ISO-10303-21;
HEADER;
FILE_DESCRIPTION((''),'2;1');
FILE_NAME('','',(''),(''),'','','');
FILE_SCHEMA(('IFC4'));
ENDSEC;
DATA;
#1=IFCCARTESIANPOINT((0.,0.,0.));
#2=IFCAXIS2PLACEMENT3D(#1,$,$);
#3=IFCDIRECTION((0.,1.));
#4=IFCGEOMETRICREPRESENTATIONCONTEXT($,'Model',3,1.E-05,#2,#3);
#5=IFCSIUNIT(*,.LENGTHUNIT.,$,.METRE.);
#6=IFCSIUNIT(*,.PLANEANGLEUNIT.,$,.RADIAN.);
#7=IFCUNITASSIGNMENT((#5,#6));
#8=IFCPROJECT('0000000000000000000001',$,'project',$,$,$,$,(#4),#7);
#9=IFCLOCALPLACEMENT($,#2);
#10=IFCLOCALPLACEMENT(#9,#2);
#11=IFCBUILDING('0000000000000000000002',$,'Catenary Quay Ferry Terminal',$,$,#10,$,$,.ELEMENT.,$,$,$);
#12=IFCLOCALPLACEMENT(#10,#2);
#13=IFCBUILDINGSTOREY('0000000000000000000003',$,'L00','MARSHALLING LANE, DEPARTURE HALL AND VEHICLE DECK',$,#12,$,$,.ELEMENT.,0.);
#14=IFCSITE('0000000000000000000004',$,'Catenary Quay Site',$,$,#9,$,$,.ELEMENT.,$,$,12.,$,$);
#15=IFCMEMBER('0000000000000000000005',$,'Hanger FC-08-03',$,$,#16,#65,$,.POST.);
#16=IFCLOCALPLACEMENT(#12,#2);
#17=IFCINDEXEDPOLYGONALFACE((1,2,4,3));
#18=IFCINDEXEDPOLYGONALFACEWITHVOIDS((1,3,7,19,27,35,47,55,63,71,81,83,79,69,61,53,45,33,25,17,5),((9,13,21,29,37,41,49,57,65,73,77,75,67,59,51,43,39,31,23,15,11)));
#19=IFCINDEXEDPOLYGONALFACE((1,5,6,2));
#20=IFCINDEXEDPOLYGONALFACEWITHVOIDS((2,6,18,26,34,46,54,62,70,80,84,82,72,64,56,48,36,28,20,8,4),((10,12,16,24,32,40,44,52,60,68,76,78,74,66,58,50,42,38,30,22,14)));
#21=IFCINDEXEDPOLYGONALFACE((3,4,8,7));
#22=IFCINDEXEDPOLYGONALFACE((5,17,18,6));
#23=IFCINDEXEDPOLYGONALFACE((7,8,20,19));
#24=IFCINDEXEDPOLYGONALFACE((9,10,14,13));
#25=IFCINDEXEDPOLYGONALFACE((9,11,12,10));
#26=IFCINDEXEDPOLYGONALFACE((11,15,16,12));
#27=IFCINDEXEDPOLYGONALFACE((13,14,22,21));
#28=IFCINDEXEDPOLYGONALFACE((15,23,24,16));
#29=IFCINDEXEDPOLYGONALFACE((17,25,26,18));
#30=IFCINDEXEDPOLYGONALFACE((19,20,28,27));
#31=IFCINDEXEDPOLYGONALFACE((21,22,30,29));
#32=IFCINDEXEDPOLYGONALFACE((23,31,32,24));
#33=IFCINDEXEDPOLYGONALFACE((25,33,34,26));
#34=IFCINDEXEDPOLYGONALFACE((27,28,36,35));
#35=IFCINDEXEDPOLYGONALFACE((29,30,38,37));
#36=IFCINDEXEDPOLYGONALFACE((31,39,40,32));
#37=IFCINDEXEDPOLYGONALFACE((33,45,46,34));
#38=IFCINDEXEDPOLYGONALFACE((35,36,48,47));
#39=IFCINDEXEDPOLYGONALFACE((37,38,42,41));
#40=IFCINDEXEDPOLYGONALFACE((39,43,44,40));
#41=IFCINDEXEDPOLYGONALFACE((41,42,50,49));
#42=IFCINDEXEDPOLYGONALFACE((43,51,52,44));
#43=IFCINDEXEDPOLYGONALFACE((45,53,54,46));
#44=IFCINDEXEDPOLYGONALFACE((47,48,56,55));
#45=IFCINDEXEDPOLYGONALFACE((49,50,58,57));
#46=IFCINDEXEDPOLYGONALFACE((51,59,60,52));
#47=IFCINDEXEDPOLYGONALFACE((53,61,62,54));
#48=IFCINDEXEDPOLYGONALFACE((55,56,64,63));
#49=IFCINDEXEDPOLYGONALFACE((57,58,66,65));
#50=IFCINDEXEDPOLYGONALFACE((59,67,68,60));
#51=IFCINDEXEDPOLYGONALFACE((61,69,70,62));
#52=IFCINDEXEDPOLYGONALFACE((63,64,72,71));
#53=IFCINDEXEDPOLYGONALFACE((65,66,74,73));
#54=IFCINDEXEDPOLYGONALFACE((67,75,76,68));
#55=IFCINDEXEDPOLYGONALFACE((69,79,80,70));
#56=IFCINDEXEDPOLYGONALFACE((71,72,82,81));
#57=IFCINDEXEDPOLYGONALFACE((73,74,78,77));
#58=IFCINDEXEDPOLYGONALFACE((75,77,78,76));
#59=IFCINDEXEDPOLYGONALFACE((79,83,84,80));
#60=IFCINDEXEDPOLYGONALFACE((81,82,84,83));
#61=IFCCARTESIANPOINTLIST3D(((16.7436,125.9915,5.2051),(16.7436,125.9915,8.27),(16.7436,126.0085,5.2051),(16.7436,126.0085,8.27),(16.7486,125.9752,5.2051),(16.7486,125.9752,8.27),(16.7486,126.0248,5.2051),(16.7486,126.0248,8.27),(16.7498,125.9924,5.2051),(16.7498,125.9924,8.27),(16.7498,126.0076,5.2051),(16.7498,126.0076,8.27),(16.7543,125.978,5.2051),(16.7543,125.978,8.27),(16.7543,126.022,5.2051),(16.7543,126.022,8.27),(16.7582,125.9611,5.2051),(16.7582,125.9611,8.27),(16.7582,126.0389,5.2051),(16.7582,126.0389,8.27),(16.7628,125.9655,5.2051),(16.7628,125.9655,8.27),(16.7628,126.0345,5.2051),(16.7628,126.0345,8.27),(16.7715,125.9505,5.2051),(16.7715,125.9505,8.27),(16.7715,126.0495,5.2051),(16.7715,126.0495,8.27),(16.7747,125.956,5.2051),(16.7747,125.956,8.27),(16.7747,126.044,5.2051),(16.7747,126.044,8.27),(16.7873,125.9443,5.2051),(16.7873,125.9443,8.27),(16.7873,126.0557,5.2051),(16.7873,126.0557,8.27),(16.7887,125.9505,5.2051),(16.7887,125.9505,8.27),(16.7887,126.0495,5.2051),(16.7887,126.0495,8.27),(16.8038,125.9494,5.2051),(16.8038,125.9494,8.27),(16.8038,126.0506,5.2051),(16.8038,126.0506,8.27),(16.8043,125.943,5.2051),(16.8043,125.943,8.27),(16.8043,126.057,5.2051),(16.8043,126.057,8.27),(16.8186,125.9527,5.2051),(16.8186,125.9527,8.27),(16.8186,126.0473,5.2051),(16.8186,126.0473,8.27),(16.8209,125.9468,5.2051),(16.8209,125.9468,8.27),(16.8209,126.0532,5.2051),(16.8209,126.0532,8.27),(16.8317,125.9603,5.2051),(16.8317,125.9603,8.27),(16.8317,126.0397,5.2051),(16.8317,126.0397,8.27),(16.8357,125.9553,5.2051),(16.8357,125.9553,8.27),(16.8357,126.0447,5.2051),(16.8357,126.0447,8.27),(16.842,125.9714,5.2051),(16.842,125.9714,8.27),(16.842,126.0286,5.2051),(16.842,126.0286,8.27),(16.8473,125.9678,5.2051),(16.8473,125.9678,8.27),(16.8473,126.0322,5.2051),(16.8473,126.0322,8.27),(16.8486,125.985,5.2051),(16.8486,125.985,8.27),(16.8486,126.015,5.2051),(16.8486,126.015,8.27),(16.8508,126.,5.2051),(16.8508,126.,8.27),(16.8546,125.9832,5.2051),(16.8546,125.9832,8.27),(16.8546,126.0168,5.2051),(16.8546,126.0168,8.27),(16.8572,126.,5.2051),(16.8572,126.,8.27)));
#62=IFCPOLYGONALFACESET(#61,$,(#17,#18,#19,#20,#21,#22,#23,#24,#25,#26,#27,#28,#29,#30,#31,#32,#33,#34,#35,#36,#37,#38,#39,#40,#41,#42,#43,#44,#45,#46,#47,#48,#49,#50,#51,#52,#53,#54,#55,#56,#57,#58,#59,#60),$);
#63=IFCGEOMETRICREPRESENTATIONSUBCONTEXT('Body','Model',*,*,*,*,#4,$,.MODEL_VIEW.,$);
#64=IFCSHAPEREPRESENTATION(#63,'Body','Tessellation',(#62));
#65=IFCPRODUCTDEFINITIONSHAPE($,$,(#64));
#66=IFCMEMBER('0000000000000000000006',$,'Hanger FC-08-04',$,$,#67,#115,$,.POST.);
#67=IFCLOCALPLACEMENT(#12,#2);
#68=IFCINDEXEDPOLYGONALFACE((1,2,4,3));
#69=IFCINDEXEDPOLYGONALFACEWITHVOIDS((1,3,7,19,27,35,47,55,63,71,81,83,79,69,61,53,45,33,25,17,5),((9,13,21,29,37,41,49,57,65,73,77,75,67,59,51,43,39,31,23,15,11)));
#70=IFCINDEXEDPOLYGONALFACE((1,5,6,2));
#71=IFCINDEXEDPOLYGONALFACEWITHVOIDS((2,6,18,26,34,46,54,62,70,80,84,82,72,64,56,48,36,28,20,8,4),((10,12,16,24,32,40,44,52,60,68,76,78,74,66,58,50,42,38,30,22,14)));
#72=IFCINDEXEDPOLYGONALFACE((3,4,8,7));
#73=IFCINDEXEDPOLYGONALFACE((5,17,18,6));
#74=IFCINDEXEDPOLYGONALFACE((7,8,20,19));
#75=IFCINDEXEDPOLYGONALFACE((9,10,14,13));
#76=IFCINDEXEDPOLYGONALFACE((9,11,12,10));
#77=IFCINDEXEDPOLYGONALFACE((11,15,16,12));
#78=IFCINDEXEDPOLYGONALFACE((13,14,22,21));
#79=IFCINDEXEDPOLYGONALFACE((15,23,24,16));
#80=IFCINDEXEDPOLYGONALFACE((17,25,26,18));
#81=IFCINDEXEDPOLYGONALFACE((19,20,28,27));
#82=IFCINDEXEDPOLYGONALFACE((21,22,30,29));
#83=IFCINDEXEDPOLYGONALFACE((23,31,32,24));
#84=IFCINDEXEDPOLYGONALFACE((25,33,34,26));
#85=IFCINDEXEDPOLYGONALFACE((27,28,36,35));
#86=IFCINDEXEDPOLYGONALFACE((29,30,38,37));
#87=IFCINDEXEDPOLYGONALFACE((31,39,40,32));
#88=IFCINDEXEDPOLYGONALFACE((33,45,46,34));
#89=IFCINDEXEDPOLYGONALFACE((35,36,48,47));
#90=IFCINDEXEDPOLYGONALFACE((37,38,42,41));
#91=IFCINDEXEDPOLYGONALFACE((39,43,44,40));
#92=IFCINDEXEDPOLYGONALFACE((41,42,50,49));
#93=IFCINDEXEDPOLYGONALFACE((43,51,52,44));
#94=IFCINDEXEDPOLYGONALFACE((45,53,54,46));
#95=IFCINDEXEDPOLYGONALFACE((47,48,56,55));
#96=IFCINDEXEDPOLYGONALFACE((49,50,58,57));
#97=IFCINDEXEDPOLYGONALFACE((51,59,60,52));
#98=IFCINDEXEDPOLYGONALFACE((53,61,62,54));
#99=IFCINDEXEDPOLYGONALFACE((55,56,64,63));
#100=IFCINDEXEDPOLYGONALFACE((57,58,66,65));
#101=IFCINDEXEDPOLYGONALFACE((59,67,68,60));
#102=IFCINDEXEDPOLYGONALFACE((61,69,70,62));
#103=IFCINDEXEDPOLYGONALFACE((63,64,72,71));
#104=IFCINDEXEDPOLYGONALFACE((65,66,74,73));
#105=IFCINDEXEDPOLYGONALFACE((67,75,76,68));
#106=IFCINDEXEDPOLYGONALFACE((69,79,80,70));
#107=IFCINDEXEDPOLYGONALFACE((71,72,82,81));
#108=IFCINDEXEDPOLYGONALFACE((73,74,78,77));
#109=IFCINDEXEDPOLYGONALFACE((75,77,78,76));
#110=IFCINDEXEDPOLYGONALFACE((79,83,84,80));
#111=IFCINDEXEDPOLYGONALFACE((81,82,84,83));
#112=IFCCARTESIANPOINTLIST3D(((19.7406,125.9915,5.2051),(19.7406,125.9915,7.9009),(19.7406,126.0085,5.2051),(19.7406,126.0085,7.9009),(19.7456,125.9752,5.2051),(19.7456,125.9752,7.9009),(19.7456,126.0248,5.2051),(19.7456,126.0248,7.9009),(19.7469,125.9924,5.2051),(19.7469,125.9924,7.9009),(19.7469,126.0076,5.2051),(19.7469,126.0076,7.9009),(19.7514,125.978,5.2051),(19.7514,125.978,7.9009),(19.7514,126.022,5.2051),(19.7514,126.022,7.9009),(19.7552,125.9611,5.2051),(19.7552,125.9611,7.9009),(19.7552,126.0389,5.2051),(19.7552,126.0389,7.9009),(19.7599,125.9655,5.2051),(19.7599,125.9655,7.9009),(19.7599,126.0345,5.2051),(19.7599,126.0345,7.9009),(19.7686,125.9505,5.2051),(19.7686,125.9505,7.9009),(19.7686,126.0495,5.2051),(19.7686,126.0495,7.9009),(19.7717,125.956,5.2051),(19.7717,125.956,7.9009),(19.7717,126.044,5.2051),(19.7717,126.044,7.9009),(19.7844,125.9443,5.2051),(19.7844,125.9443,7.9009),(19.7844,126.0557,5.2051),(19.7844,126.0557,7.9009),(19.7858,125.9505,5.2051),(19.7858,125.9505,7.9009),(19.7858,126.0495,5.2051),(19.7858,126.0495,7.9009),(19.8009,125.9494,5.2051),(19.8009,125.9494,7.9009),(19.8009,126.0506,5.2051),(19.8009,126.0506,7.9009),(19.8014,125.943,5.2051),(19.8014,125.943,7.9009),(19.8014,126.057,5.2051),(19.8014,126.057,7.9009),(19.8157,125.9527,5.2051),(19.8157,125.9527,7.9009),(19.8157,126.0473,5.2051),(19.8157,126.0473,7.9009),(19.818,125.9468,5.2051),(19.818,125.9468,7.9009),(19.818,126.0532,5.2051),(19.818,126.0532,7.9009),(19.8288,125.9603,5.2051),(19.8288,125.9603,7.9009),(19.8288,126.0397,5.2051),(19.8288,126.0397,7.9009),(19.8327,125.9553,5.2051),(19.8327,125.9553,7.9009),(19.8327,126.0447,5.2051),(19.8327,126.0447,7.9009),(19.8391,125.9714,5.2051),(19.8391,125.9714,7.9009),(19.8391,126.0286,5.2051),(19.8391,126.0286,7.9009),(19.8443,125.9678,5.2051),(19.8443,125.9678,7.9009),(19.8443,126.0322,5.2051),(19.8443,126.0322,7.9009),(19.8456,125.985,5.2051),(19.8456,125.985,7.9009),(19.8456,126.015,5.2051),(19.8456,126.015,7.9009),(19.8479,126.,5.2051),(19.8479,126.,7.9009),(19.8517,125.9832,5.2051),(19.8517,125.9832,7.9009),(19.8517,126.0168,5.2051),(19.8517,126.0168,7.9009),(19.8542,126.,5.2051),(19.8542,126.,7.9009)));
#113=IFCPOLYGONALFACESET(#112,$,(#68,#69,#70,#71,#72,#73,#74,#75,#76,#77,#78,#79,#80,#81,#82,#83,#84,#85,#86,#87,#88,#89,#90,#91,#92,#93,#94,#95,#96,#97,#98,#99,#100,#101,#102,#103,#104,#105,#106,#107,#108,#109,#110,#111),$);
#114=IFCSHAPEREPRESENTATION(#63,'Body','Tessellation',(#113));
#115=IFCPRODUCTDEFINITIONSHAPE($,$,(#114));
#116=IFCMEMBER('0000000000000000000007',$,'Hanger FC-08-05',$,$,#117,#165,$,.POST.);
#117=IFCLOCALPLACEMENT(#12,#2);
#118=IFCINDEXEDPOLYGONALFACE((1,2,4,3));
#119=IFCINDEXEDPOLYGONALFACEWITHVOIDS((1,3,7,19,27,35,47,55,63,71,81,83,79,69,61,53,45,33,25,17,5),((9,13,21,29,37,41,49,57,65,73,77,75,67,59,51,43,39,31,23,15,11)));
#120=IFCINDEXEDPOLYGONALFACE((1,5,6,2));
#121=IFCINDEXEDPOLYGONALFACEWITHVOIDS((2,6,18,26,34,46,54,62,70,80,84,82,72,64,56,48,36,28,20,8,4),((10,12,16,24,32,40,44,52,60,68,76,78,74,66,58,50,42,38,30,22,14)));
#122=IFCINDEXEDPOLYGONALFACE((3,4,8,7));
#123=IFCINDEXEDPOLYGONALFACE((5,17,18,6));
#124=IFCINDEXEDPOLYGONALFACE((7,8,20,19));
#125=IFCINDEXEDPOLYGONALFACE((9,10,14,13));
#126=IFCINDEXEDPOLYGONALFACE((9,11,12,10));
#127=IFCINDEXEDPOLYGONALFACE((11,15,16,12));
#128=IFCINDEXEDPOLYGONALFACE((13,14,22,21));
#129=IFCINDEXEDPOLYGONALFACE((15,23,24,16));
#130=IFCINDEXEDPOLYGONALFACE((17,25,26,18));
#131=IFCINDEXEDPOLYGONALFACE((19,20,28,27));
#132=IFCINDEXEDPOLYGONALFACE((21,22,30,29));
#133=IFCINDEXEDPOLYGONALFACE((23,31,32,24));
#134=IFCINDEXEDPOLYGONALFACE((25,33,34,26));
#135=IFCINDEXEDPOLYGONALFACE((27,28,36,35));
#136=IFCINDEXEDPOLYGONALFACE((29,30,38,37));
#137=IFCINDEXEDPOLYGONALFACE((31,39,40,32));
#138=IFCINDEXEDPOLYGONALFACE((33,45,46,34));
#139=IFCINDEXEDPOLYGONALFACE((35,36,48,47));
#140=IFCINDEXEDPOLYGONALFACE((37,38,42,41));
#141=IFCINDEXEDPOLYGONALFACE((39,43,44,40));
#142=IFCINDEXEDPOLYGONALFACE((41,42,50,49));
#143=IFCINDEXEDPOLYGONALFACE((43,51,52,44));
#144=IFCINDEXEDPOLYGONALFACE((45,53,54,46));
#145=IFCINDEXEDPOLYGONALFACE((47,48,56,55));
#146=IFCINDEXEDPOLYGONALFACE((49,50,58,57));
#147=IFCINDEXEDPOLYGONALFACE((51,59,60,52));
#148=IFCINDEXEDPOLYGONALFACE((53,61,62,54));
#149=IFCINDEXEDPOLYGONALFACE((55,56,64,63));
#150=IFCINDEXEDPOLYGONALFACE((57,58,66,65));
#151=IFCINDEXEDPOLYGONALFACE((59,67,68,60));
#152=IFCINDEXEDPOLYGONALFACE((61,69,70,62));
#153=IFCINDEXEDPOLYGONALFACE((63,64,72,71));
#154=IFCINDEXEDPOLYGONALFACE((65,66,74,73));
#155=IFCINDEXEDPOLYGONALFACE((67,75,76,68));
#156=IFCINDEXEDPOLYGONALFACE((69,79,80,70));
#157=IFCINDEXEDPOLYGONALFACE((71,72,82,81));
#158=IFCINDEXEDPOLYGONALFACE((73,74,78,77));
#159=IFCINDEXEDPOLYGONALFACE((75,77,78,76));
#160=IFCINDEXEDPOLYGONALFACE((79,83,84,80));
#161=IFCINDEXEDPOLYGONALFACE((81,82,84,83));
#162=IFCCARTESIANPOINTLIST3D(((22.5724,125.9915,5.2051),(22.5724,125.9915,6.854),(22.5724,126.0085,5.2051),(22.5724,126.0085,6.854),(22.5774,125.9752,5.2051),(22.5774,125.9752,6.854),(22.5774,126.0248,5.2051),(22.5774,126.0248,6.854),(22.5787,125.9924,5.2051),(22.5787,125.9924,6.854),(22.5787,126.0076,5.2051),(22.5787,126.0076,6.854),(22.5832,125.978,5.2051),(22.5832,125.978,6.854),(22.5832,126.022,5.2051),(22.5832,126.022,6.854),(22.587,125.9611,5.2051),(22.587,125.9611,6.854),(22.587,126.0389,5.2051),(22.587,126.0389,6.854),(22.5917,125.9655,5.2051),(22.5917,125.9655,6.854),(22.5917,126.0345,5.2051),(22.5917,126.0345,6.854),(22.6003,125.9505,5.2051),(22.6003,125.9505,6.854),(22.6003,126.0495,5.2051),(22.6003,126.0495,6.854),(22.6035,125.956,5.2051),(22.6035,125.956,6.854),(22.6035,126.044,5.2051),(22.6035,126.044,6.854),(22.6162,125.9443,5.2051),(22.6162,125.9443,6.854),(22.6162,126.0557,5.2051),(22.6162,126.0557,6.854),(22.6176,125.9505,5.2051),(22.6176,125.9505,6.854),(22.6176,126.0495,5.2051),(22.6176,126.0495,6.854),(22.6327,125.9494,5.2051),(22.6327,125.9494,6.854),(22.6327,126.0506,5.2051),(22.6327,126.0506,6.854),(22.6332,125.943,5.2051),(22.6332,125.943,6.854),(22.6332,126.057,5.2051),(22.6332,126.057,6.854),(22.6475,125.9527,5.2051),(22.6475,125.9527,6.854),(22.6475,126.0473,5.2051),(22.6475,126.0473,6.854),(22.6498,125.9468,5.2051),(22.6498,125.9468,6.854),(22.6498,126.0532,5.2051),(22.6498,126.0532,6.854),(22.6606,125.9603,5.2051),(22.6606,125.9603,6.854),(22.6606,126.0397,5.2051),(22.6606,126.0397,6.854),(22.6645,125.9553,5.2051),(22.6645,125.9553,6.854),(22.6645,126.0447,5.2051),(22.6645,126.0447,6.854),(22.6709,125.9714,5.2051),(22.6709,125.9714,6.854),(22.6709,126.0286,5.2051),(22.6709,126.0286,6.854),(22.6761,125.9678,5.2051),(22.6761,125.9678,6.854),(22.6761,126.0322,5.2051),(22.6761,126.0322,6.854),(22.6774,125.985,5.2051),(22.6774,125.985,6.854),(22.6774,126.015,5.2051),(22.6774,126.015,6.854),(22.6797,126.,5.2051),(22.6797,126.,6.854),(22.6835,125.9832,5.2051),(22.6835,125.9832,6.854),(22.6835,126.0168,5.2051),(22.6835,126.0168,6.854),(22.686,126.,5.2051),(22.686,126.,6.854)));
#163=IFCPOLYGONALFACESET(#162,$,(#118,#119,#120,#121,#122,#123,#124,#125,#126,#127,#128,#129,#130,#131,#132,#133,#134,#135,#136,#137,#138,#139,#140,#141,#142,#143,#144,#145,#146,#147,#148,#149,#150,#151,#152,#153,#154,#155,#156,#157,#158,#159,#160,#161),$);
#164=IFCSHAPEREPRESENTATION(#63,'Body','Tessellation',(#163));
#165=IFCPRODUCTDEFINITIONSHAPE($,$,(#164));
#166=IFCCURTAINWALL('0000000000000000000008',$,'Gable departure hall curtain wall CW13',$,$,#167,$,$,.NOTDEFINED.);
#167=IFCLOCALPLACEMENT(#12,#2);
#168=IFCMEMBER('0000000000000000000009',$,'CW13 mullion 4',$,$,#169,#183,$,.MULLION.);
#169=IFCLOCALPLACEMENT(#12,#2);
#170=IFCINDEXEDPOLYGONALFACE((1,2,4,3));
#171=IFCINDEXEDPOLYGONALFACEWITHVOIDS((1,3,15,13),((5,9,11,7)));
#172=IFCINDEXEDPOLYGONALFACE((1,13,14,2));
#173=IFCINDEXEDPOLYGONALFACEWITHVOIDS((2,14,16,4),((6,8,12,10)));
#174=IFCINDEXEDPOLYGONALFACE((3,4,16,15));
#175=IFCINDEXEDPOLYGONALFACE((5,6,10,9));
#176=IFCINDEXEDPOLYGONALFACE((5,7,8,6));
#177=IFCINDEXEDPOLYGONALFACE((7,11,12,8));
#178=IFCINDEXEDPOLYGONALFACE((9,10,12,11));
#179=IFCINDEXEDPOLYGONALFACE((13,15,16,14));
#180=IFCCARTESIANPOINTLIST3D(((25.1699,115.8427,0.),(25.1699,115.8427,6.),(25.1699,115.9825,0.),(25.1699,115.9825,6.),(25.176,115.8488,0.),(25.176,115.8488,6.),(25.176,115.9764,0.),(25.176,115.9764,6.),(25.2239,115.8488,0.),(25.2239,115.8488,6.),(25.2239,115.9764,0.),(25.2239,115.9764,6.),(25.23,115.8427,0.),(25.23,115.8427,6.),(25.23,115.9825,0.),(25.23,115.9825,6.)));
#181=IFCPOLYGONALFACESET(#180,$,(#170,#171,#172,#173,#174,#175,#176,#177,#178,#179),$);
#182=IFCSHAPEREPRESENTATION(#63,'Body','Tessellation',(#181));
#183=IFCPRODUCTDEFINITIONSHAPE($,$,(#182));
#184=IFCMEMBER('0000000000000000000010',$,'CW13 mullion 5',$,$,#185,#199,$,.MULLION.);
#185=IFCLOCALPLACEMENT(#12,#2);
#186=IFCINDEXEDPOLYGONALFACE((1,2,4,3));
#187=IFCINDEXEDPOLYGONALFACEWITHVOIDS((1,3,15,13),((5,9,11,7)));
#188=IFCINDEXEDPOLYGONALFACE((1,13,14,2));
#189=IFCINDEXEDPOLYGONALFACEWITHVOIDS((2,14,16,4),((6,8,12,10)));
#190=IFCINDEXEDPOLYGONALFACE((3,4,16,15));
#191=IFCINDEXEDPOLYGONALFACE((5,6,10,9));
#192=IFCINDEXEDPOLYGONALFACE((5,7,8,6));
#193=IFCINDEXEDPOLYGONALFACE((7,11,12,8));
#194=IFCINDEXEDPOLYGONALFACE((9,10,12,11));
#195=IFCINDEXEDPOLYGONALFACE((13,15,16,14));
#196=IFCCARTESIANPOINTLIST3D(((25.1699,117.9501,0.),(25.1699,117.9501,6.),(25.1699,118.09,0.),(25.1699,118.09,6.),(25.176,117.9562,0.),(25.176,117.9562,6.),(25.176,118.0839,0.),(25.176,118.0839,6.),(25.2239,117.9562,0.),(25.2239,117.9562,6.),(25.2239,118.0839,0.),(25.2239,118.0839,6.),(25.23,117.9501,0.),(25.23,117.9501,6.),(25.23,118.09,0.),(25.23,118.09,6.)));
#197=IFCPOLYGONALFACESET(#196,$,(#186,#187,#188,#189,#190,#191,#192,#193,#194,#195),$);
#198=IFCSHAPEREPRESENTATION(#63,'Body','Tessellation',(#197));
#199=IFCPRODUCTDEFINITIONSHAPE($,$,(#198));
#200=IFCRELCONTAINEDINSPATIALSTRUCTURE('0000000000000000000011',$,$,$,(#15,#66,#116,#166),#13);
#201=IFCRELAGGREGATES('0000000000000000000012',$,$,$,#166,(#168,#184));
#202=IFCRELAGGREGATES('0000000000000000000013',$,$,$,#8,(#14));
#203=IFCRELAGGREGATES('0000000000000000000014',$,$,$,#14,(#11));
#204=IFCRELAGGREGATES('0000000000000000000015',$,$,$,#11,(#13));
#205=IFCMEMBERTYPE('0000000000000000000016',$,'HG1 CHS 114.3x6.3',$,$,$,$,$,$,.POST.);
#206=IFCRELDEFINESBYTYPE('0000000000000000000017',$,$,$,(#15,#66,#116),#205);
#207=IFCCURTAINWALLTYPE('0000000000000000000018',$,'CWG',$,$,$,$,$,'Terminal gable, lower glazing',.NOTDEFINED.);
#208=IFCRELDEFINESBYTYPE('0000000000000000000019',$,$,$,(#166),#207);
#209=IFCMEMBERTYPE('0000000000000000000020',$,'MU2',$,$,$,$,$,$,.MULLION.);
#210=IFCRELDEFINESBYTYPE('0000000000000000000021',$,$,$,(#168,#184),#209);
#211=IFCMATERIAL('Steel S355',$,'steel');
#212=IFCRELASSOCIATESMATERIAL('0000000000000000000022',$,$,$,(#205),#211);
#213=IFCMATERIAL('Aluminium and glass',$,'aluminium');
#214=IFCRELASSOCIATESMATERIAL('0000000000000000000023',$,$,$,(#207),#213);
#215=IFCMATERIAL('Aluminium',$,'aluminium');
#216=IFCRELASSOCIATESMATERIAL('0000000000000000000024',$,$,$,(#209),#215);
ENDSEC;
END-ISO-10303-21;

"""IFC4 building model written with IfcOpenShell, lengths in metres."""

from ifc_helpers import new_model, si_unit, direction, frame, origin, origin_2d, place, context, subcontext, project, spatial, hollow_rectangle, hollow_circle, extrude, material, material_profile, profile_set, type_object, element, aggregate, save


model = new_model("IFC4")

# Units and contexts
model_context = context("Model", 3, precision=1e-05, world=origin(), true_north=direction((0.0, 1.0)))
body_context = subcontext(model_context, "Body", "Model", "MODEL_VIEW")
ifc_project = project(units=[si_unit("LENGTHUNIT", "METRE"), si_unit("PLANEANGLEUNIT", "RADIAN")], contexts=[model_context])

# Site, building, storey
site_placement = place(None, origin())
site = spatial("IfcSite", under=ifc_project, at=site_placement, Name="Catenary Quay Site", CompositionType="ELEMENT", RefElevation=12.0)
building_placement = place(site_placement, origin())
building = spatial("IfcBuilding", under=site, at=building_placement, Name="Catenary Quay Ferry Terminal", CompositionType="ELEMENT")
storey_placement = place(building_placement, origin())
storey = spatial("IfcBuildingStorey", under=building, at=storey_placement, Name="L00", Description="MARSHALLING LANE, DEPARTURE HALL AND VEHICLE DECK", CompositionType="ELEMENT", Elevation=0.0)

# Members
ifc_material_1 = material(Name="Steel S355", Category="steel")
ifc_material_profile_1 = material_profile(ifc_material_1, hollow_circle(Radius=0.0571, WallThickness=0.0063, at=origin_2d()), Name="CHS 114.3x6.3")
ifc_profile_set_1 = profile_set([ifc_material_profile_1], Name="Steel S355")
member_type_1 = type_object("IfcMemberType", Name="HG1 CHS 114.3x6.3", PredefinedType="POST", material=ifc_profile_set_1)
member_1_placement = place(storey_placement, frame((16.8, 126.0, 5.2051), z_axis=(0.0, 0.0, 1.0), x_axis=(1.0, 0.0, 0.0)))
element("IfcMember", 1, at=member_1_placement, inside=storey, type_object=member_type_1, Name="Hanger FC-08-03", PredefinedType="POST", context=body_context, shape_type="SweptSolid", body=[
    extrude(hollow_circle(Radius=0.0571, WallThickness=0.0063, at=origin_2d()), origin(), (0.0, 0.0, 1.0), 3.0649),
])
member_2_placement = place(storey_placement, frame((19.7971, 126.0, 5.2051), z_axis=(0.0, 0.0, 1.0), x_axis=(1.0, 0.0, 0.0)))
element("IfcMember", 2, at=member_2_placement, inside=storey, type_object=member_type_1, Name="Hanger FC-08-04", PredefinedType="POST", context=body_context, shape_type="SweptSolid", body=[
    extrude(hollow_circle(Radius=0.0571, WallThickness=0.0063, at=origin_2d()), origin(), (0.0, 0.0, 1.0), 2.6958),
])
member_3_placement = place(storey_placement, frame((22.6289, 126.0, 5.2051), z_axis=(0.0, 0.0, 1.0), x_axis=(1.0, 0.0, 0.0)))
element("IfcMember", 3, at=member_3_placement, inside=storey, type_object=member_type_1, Name="Hanger FC-08-05", PredefinedType="POST", context=body_context, shape_type="SweptSolid", body=[
    extrude(hollow_circle(Radius=0.0571, WallThickness=0.0063, at=origin_2d()), origin(), (0.0, 0.0, 1.0), 1.6489),
])

# Curtain wall, members
ifc_material_2 = material(Name="Aluminium and glass", Category="aluminium")
curtain_wall_type = type_object("IfcCurtainWallType", Name="CWG", ElementType="Terminal gable, lower glazing", PredefinedType="NOTDEFINED", material=ifc_material_2)
curtain_wall_1_placement = place(storey_placement, origin())
curtain_wall_1 = element("IfcCurtainWall", 4, at=curtain_wall_1_placement, inside=storey, type_object=curtain_wall_type, Name="Gable departure hall curtain wall CW13", PredefinedType="NOTDEFINED")
ifc_material_3 = material(Name="Aluminium", Category="aluminium")
ifc_material_profile_2 = material_profile(ifc_material_3, hollow_rectangle(XDim=0.0601, YDim=0.1399, WallThickness=0.0061, at=origin_2d()), Name="MU2")
ifc_profile_set_2 = profile_set([ifc_material_profile_2], Name="Aluminium")
member_type_2 = type_object("IfcMemberType", Name="MU2", PredefinedType="MULLION", material=ifc_profile_set_2)
member_4_placement = place(storey_placement, frame((25.2, 115.9126, 0.0), z_axis=(0.0, 0.0, 1.0), x_axis=(-1.0, 0.0, 0.0)))
member_4 = element("IfcMember", 5, at=member_4_placement, type_object=member_type_2, Name="CW13 mullion 4", PredefinedType="MULLION", context=body_context, shape_type="SweptSolid", body=[
    extrude(hollow_rectangle(XDim=0.0601, YDim=0.1399, WallThickness=0.0061, at=origin_2d()), origin(), (0.0, 0.0, 1.0), 6.0),
])
member_5_placement = place(storey_placement, frame((25.2, 118.02, 0.0), z_axis=(0.0, 0.0, 1.0), x_axis=(-1.0, 0.0, 0.0)))
member_5 = element("IfcMember", 6, at=member_5_placement, type_object=member_type_2, Name="CW13 mullion 5", PredefinedType="MULLION", context=body_context, shape_type="SweptSolid", body=[
    extrude(hollow_rectangle(XDim=0.0601, YDim=0.1399, WallThickness=0.0061, at=origin_2d()), origin(), (0.0, 0.0, 1.0), 6.0),
])

aggregate(curtain_wall_1, [member_4, member_5])

save(model, "model.ifc")
